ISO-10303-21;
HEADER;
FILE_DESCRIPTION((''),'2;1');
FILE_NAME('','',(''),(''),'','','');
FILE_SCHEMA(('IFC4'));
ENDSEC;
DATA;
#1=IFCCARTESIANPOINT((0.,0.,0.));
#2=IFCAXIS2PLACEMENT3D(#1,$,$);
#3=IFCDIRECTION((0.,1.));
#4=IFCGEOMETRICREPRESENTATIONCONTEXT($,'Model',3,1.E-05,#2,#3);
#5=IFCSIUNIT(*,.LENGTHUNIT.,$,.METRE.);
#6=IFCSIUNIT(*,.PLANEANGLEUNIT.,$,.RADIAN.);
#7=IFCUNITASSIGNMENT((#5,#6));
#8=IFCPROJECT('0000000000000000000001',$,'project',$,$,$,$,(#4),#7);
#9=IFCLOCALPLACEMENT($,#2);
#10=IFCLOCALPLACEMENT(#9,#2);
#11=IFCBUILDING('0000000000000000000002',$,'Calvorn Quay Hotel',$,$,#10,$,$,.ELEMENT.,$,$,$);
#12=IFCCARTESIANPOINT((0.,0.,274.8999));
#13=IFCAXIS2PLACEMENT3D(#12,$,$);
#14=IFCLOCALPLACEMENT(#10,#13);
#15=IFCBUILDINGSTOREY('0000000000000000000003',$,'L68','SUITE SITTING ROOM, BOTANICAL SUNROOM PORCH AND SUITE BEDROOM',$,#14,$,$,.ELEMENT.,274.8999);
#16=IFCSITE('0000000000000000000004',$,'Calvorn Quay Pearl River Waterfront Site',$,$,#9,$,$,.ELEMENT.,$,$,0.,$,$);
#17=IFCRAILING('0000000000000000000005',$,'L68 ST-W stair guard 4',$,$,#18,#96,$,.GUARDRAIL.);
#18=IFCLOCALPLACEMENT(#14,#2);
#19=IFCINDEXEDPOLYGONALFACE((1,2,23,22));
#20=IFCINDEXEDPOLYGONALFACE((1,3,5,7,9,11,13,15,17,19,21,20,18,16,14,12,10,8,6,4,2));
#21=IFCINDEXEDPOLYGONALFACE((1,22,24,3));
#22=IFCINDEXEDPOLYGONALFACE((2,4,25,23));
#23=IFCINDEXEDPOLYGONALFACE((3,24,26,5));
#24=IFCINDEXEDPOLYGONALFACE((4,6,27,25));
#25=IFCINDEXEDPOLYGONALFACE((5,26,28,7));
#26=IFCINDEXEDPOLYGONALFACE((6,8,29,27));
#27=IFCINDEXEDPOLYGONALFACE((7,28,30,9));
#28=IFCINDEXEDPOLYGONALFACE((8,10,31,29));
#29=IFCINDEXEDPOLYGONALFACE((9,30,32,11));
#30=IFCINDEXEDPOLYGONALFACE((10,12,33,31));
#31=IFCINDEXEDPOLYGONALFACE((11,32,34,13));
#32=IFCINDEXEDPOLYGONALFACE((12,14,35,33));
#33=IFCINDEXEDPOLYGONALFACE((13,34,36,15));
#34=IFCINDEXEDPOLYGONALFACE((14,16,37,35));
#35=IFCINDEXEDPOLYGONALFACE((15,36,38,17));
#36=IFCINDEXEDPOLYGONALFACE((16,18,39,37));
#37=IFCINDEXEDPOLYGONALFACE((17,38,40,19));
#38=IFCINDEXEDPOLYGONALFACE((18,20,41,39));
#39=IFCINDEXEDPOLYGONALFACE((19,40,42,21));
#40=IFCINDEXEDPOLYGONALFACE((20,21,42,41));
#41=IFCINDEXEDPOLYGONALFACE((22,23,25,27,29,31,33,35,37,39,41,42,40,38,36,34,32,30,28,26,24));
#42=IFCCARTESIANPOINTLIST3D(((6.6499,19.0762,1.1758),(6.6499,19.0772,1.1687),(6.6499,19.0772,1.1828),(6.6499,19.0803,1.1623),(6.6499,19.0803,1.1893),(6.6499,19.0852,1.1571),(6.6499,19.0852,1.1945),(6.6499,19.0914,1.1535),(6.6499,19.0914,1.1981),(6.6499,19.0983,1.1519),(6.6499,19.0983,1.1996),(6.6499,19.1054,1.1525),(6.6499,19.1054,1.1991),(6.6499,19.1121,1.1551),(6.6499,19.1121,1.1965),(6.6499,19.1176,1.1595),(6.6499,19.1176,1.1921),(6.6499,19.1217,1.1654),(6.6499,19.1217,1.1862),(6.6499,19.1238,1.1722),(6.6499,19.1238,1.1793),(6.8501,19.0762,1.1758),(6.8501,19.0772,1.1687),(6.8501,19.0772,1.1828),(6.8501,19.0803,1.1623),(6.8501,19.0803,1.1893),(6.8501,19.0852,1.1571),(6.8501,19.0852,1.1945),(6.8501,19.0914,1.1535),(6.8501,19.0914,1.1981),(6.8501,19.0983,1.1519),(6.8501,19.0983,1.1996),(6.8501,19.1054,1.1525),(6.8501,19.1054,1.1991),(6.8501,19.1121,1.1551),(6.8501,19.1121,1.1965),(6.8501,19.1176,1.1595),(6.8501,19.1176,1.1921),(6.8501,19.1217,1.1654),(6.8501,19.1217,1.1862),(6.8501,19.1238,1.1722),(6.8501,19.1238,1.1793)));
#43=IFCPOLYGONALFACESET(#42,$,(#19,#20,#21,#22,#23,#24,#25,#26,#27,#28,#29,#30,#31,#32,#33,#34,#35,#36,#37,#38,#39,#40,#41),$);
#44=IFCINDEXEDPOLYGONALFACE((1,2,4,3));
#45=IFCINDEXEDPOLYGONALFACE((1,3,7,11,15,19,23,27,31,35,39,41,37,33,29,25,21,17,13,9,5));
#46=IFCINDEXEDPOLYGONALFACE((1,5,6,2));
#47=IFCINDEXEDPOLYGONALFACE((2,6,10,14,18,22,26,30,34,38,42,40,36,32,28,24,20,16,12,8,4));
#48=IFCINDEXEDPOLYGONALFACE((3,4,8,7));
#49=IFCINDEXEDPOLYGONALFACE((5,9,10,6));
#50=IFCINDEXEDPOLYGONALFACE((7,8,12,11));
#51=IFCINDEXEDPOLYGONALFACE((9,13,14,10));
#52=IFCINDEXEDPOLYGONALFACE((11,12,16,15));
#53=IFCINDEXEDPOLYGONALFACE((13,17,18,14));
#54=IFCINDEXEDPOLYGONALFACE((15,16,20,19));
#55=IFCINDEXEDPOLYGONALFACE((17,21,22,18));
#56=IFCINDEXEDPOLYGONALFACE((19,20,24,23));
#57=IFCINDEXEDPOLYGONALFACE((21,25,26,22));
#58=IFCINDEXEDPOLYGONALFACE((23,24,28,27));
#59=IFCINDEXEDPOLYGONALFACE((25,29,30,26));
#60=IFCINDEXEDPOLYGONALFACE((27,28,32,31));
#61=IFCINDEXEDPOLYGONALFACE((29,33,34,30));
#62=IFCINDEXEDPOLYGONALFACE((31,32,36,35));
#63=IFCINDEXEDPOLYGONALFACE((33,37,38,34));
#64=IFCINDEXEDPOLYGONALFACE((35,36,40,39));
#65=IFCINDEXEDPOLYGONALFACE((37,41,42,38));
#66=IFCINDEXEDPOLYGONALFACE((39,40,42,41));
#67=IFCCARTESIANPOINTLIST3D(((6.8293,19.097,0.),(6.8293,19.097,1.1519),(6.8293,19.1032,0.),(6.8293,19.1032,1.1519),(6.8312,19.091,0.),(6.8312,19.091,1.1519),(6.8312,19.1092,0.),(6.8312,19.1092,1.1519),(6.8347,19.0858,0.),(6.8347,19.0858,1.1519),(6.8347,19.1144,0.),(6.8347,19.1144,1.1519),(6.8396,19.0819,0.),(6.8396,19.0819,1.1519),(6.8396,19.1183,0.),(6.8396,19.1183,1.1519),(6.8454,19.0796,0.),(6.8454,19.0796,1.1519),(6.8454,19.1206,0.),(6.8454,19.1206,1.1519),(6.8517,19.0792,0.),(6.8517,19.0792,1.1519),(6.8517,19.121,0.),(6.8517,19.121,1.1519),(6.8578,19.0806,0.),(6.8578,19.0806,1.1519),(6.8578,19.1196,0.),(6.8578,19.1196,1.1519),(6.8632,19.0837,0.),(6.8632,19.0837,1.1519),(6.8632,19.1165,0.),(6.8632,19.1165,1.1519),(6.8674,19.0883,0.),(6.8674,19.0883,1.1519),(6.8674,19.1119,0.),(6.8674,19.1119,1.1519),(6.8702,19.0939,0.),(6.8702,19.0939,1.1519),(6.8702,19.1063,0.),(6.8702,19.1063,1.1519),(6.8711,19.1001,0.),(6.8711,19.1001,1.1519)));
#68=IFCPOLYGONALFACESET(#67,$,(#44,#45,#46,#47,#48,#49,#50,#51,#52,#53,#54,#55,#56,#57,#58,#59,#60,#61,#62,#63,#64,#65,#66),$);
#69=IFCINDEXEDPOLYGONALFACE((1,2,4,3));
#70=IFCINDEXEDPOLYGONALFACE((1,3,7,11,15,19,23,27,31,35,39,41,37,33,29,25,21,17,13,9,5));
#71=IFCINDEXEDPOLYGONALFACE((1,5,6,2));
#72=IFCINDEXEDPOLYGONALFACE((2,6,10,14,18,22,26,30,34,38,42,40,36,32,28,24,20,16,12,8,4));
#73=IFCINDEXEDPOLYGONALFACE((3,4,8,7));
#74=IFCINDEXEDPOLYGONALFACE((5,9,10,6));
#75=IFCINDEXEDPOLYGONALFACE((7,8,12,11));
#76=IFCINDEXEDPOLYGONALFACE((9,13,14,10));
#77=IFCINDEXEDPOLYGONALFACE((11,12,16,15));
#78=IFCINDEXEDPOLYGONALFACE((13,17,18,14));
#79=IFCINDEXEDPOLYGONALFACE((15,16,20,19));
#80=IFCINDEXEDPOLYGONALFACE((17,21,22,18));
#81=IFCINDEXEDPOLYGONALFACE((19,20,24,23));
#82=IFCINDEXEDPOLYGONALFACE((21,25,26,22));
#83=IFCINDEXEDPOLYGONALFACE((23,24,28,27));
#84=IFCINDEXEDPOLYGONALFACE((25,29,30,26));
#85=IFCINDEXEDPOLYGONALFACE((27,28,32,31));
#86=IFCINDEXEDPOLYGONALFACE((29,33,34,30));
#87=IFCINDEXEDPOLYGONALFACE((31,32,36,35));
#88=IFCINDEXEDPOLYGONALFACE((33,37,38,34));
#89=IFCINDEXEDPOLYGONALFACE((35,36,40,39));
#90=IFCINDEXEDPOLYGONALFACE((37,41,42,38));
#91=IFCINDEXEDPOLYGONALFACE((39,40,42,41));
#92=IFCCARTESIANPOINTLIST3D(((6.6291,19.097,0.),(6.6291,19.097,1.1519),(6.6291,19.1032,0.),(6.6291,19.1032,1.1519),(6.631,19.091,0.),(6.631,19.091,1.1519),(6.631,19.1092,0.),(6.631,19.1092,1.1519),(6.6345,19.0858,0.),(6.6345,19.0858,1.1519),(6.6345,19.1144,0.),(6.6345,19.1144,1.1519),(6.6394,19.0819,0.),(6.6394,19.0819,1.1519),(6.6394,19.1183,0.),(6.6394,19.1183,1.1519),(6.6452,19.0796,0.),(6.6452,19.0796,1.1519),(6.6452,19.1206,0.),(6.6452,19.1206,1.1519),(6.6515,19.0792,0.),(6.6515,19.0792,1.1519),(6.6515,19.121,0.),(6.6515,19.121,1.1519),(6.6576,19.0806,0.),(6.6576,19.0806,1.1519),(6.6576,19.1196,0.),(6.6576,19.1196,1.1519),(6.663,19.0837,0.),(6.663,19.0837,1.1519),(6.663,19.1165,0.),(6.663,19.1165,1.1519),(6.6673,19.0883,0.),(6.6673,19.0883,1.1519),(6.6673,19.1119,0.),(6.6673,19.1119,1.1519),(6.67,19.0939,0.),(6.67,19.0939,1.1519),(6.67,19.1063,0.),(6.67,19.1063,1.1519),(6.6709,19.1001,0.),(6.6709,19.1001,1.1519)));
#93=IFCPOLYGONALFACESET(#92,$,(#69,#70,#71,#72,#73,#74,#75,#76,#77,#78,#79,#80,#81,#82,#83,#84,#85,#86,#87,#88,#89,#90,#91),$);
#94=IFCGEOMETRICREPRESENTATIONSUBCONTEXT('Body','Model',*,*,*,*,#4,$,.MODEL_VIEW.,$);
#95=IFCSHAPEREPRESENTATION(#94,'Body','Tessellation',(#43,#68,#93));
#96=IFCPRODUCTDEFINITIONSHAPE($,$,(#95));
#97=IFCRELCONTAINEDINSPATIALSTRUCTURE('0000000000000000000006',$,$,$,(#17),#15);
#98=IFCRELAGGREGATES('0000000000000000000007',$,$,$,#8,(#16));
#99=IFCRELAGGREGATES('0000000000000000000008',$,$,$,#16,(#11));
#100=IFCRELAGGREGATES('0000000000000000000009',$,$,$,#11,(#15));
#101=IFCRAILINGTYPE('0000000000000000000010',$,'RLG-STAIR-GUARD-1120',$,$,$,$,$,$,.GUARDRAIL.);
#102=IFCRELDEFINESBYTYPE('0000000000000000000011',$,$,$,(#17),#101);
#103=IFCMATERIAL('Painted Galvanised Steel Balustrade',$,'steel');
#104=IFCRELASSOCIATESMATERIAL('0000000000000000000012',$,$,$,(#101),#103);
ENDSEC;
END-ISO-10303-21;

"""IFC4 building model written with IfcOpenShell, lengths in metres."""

from ifc_helpers import new_model, si_unit, direction, frame, origin, origin_2d, place, context, subcontext, project, spatial, circle, extrude, material, type_object, element, save


model = new_model("IFC4")

# Units and contexts
model_context = context("Model", 3, precision=1e-05, world=origin(), true_north=direction((0.0, 1.0)))
body_context = subcontext(model_context, "Body", "Model", "MODEL_VIEW")
ifc_project = project(units=[si_unit("LENGTHUNIT", "METRE"), si_unit("PLANEANGLEUNIT", "RADIAN")], contexts=[model_context])

# Site, building, storey
site_placement = place(None, origin())
site = spatial("IfcSite", under=ifc_project, at=site_placement, Name="Calvorn Quay Pearl River Waterfront Site", CompositionType="ELEMENT", RefElevation=0.0)
building_placement = place(site_placement, origin())
building = spatial("IfcBuilding", under=site, at=building_placement, Name="Calvorn Quay Hotel", CompositionType="ELEMENT")
storey_placement = place(building_placement, frame((0.0, 0.0, 274.8999)))
storey = spatial("IfcBuildingStorey", under=building, at=storey_placement, Name="L68", Description="SUITE SITTING ROOM, BOTANICAL SUNROOM PORCH AND SUITE BEDROOM", CompositionType="ELEMENT", Elevation=274.8999)

# Railing
ifc_material_1 = material(Name="Painted Galvanised Steel Balustrade", Category="steel")
railing_type_1 = type_object("IfcRailingType", Name="RLG-STAIR-GUARD-1120", PredefinedType="GUARDRAIL", material=ifc_material_1)
railing_1_placement = place(storey_placement, frame((6.8501, 19.1001, 0.0)))
element("IfcRailing", 1, at=railing_1_placement, inside=storey, type_object=railing_type_1, Name="L68 ST-W stair guard 4", PredefinedType="GUARDRAIL", context=body_context, shape_type="SweptSolid", body=[
    extrude(circle(Radius=0.0239, at=origin_2d()), frame((0.0, 0.0, 1.1758), z_axis=(-1.0, 0.0, 0.0), x_axis=(0.0, -1.0, 0.0)), (0.0, 0.0, 1.0), 0.2002),
    extrude(circle(Radius=0.021, at=origin_2d()), origin(), (0.0, 0.0, 1.0), 1.1519),
    extrude(circle(Radius=0.021, at=origin_2d()), frame((-0.2002, 0.0, 0.0)), (0.0, 0.0, 1.0), 1.1519),
])

save(model, "model.ifc")
